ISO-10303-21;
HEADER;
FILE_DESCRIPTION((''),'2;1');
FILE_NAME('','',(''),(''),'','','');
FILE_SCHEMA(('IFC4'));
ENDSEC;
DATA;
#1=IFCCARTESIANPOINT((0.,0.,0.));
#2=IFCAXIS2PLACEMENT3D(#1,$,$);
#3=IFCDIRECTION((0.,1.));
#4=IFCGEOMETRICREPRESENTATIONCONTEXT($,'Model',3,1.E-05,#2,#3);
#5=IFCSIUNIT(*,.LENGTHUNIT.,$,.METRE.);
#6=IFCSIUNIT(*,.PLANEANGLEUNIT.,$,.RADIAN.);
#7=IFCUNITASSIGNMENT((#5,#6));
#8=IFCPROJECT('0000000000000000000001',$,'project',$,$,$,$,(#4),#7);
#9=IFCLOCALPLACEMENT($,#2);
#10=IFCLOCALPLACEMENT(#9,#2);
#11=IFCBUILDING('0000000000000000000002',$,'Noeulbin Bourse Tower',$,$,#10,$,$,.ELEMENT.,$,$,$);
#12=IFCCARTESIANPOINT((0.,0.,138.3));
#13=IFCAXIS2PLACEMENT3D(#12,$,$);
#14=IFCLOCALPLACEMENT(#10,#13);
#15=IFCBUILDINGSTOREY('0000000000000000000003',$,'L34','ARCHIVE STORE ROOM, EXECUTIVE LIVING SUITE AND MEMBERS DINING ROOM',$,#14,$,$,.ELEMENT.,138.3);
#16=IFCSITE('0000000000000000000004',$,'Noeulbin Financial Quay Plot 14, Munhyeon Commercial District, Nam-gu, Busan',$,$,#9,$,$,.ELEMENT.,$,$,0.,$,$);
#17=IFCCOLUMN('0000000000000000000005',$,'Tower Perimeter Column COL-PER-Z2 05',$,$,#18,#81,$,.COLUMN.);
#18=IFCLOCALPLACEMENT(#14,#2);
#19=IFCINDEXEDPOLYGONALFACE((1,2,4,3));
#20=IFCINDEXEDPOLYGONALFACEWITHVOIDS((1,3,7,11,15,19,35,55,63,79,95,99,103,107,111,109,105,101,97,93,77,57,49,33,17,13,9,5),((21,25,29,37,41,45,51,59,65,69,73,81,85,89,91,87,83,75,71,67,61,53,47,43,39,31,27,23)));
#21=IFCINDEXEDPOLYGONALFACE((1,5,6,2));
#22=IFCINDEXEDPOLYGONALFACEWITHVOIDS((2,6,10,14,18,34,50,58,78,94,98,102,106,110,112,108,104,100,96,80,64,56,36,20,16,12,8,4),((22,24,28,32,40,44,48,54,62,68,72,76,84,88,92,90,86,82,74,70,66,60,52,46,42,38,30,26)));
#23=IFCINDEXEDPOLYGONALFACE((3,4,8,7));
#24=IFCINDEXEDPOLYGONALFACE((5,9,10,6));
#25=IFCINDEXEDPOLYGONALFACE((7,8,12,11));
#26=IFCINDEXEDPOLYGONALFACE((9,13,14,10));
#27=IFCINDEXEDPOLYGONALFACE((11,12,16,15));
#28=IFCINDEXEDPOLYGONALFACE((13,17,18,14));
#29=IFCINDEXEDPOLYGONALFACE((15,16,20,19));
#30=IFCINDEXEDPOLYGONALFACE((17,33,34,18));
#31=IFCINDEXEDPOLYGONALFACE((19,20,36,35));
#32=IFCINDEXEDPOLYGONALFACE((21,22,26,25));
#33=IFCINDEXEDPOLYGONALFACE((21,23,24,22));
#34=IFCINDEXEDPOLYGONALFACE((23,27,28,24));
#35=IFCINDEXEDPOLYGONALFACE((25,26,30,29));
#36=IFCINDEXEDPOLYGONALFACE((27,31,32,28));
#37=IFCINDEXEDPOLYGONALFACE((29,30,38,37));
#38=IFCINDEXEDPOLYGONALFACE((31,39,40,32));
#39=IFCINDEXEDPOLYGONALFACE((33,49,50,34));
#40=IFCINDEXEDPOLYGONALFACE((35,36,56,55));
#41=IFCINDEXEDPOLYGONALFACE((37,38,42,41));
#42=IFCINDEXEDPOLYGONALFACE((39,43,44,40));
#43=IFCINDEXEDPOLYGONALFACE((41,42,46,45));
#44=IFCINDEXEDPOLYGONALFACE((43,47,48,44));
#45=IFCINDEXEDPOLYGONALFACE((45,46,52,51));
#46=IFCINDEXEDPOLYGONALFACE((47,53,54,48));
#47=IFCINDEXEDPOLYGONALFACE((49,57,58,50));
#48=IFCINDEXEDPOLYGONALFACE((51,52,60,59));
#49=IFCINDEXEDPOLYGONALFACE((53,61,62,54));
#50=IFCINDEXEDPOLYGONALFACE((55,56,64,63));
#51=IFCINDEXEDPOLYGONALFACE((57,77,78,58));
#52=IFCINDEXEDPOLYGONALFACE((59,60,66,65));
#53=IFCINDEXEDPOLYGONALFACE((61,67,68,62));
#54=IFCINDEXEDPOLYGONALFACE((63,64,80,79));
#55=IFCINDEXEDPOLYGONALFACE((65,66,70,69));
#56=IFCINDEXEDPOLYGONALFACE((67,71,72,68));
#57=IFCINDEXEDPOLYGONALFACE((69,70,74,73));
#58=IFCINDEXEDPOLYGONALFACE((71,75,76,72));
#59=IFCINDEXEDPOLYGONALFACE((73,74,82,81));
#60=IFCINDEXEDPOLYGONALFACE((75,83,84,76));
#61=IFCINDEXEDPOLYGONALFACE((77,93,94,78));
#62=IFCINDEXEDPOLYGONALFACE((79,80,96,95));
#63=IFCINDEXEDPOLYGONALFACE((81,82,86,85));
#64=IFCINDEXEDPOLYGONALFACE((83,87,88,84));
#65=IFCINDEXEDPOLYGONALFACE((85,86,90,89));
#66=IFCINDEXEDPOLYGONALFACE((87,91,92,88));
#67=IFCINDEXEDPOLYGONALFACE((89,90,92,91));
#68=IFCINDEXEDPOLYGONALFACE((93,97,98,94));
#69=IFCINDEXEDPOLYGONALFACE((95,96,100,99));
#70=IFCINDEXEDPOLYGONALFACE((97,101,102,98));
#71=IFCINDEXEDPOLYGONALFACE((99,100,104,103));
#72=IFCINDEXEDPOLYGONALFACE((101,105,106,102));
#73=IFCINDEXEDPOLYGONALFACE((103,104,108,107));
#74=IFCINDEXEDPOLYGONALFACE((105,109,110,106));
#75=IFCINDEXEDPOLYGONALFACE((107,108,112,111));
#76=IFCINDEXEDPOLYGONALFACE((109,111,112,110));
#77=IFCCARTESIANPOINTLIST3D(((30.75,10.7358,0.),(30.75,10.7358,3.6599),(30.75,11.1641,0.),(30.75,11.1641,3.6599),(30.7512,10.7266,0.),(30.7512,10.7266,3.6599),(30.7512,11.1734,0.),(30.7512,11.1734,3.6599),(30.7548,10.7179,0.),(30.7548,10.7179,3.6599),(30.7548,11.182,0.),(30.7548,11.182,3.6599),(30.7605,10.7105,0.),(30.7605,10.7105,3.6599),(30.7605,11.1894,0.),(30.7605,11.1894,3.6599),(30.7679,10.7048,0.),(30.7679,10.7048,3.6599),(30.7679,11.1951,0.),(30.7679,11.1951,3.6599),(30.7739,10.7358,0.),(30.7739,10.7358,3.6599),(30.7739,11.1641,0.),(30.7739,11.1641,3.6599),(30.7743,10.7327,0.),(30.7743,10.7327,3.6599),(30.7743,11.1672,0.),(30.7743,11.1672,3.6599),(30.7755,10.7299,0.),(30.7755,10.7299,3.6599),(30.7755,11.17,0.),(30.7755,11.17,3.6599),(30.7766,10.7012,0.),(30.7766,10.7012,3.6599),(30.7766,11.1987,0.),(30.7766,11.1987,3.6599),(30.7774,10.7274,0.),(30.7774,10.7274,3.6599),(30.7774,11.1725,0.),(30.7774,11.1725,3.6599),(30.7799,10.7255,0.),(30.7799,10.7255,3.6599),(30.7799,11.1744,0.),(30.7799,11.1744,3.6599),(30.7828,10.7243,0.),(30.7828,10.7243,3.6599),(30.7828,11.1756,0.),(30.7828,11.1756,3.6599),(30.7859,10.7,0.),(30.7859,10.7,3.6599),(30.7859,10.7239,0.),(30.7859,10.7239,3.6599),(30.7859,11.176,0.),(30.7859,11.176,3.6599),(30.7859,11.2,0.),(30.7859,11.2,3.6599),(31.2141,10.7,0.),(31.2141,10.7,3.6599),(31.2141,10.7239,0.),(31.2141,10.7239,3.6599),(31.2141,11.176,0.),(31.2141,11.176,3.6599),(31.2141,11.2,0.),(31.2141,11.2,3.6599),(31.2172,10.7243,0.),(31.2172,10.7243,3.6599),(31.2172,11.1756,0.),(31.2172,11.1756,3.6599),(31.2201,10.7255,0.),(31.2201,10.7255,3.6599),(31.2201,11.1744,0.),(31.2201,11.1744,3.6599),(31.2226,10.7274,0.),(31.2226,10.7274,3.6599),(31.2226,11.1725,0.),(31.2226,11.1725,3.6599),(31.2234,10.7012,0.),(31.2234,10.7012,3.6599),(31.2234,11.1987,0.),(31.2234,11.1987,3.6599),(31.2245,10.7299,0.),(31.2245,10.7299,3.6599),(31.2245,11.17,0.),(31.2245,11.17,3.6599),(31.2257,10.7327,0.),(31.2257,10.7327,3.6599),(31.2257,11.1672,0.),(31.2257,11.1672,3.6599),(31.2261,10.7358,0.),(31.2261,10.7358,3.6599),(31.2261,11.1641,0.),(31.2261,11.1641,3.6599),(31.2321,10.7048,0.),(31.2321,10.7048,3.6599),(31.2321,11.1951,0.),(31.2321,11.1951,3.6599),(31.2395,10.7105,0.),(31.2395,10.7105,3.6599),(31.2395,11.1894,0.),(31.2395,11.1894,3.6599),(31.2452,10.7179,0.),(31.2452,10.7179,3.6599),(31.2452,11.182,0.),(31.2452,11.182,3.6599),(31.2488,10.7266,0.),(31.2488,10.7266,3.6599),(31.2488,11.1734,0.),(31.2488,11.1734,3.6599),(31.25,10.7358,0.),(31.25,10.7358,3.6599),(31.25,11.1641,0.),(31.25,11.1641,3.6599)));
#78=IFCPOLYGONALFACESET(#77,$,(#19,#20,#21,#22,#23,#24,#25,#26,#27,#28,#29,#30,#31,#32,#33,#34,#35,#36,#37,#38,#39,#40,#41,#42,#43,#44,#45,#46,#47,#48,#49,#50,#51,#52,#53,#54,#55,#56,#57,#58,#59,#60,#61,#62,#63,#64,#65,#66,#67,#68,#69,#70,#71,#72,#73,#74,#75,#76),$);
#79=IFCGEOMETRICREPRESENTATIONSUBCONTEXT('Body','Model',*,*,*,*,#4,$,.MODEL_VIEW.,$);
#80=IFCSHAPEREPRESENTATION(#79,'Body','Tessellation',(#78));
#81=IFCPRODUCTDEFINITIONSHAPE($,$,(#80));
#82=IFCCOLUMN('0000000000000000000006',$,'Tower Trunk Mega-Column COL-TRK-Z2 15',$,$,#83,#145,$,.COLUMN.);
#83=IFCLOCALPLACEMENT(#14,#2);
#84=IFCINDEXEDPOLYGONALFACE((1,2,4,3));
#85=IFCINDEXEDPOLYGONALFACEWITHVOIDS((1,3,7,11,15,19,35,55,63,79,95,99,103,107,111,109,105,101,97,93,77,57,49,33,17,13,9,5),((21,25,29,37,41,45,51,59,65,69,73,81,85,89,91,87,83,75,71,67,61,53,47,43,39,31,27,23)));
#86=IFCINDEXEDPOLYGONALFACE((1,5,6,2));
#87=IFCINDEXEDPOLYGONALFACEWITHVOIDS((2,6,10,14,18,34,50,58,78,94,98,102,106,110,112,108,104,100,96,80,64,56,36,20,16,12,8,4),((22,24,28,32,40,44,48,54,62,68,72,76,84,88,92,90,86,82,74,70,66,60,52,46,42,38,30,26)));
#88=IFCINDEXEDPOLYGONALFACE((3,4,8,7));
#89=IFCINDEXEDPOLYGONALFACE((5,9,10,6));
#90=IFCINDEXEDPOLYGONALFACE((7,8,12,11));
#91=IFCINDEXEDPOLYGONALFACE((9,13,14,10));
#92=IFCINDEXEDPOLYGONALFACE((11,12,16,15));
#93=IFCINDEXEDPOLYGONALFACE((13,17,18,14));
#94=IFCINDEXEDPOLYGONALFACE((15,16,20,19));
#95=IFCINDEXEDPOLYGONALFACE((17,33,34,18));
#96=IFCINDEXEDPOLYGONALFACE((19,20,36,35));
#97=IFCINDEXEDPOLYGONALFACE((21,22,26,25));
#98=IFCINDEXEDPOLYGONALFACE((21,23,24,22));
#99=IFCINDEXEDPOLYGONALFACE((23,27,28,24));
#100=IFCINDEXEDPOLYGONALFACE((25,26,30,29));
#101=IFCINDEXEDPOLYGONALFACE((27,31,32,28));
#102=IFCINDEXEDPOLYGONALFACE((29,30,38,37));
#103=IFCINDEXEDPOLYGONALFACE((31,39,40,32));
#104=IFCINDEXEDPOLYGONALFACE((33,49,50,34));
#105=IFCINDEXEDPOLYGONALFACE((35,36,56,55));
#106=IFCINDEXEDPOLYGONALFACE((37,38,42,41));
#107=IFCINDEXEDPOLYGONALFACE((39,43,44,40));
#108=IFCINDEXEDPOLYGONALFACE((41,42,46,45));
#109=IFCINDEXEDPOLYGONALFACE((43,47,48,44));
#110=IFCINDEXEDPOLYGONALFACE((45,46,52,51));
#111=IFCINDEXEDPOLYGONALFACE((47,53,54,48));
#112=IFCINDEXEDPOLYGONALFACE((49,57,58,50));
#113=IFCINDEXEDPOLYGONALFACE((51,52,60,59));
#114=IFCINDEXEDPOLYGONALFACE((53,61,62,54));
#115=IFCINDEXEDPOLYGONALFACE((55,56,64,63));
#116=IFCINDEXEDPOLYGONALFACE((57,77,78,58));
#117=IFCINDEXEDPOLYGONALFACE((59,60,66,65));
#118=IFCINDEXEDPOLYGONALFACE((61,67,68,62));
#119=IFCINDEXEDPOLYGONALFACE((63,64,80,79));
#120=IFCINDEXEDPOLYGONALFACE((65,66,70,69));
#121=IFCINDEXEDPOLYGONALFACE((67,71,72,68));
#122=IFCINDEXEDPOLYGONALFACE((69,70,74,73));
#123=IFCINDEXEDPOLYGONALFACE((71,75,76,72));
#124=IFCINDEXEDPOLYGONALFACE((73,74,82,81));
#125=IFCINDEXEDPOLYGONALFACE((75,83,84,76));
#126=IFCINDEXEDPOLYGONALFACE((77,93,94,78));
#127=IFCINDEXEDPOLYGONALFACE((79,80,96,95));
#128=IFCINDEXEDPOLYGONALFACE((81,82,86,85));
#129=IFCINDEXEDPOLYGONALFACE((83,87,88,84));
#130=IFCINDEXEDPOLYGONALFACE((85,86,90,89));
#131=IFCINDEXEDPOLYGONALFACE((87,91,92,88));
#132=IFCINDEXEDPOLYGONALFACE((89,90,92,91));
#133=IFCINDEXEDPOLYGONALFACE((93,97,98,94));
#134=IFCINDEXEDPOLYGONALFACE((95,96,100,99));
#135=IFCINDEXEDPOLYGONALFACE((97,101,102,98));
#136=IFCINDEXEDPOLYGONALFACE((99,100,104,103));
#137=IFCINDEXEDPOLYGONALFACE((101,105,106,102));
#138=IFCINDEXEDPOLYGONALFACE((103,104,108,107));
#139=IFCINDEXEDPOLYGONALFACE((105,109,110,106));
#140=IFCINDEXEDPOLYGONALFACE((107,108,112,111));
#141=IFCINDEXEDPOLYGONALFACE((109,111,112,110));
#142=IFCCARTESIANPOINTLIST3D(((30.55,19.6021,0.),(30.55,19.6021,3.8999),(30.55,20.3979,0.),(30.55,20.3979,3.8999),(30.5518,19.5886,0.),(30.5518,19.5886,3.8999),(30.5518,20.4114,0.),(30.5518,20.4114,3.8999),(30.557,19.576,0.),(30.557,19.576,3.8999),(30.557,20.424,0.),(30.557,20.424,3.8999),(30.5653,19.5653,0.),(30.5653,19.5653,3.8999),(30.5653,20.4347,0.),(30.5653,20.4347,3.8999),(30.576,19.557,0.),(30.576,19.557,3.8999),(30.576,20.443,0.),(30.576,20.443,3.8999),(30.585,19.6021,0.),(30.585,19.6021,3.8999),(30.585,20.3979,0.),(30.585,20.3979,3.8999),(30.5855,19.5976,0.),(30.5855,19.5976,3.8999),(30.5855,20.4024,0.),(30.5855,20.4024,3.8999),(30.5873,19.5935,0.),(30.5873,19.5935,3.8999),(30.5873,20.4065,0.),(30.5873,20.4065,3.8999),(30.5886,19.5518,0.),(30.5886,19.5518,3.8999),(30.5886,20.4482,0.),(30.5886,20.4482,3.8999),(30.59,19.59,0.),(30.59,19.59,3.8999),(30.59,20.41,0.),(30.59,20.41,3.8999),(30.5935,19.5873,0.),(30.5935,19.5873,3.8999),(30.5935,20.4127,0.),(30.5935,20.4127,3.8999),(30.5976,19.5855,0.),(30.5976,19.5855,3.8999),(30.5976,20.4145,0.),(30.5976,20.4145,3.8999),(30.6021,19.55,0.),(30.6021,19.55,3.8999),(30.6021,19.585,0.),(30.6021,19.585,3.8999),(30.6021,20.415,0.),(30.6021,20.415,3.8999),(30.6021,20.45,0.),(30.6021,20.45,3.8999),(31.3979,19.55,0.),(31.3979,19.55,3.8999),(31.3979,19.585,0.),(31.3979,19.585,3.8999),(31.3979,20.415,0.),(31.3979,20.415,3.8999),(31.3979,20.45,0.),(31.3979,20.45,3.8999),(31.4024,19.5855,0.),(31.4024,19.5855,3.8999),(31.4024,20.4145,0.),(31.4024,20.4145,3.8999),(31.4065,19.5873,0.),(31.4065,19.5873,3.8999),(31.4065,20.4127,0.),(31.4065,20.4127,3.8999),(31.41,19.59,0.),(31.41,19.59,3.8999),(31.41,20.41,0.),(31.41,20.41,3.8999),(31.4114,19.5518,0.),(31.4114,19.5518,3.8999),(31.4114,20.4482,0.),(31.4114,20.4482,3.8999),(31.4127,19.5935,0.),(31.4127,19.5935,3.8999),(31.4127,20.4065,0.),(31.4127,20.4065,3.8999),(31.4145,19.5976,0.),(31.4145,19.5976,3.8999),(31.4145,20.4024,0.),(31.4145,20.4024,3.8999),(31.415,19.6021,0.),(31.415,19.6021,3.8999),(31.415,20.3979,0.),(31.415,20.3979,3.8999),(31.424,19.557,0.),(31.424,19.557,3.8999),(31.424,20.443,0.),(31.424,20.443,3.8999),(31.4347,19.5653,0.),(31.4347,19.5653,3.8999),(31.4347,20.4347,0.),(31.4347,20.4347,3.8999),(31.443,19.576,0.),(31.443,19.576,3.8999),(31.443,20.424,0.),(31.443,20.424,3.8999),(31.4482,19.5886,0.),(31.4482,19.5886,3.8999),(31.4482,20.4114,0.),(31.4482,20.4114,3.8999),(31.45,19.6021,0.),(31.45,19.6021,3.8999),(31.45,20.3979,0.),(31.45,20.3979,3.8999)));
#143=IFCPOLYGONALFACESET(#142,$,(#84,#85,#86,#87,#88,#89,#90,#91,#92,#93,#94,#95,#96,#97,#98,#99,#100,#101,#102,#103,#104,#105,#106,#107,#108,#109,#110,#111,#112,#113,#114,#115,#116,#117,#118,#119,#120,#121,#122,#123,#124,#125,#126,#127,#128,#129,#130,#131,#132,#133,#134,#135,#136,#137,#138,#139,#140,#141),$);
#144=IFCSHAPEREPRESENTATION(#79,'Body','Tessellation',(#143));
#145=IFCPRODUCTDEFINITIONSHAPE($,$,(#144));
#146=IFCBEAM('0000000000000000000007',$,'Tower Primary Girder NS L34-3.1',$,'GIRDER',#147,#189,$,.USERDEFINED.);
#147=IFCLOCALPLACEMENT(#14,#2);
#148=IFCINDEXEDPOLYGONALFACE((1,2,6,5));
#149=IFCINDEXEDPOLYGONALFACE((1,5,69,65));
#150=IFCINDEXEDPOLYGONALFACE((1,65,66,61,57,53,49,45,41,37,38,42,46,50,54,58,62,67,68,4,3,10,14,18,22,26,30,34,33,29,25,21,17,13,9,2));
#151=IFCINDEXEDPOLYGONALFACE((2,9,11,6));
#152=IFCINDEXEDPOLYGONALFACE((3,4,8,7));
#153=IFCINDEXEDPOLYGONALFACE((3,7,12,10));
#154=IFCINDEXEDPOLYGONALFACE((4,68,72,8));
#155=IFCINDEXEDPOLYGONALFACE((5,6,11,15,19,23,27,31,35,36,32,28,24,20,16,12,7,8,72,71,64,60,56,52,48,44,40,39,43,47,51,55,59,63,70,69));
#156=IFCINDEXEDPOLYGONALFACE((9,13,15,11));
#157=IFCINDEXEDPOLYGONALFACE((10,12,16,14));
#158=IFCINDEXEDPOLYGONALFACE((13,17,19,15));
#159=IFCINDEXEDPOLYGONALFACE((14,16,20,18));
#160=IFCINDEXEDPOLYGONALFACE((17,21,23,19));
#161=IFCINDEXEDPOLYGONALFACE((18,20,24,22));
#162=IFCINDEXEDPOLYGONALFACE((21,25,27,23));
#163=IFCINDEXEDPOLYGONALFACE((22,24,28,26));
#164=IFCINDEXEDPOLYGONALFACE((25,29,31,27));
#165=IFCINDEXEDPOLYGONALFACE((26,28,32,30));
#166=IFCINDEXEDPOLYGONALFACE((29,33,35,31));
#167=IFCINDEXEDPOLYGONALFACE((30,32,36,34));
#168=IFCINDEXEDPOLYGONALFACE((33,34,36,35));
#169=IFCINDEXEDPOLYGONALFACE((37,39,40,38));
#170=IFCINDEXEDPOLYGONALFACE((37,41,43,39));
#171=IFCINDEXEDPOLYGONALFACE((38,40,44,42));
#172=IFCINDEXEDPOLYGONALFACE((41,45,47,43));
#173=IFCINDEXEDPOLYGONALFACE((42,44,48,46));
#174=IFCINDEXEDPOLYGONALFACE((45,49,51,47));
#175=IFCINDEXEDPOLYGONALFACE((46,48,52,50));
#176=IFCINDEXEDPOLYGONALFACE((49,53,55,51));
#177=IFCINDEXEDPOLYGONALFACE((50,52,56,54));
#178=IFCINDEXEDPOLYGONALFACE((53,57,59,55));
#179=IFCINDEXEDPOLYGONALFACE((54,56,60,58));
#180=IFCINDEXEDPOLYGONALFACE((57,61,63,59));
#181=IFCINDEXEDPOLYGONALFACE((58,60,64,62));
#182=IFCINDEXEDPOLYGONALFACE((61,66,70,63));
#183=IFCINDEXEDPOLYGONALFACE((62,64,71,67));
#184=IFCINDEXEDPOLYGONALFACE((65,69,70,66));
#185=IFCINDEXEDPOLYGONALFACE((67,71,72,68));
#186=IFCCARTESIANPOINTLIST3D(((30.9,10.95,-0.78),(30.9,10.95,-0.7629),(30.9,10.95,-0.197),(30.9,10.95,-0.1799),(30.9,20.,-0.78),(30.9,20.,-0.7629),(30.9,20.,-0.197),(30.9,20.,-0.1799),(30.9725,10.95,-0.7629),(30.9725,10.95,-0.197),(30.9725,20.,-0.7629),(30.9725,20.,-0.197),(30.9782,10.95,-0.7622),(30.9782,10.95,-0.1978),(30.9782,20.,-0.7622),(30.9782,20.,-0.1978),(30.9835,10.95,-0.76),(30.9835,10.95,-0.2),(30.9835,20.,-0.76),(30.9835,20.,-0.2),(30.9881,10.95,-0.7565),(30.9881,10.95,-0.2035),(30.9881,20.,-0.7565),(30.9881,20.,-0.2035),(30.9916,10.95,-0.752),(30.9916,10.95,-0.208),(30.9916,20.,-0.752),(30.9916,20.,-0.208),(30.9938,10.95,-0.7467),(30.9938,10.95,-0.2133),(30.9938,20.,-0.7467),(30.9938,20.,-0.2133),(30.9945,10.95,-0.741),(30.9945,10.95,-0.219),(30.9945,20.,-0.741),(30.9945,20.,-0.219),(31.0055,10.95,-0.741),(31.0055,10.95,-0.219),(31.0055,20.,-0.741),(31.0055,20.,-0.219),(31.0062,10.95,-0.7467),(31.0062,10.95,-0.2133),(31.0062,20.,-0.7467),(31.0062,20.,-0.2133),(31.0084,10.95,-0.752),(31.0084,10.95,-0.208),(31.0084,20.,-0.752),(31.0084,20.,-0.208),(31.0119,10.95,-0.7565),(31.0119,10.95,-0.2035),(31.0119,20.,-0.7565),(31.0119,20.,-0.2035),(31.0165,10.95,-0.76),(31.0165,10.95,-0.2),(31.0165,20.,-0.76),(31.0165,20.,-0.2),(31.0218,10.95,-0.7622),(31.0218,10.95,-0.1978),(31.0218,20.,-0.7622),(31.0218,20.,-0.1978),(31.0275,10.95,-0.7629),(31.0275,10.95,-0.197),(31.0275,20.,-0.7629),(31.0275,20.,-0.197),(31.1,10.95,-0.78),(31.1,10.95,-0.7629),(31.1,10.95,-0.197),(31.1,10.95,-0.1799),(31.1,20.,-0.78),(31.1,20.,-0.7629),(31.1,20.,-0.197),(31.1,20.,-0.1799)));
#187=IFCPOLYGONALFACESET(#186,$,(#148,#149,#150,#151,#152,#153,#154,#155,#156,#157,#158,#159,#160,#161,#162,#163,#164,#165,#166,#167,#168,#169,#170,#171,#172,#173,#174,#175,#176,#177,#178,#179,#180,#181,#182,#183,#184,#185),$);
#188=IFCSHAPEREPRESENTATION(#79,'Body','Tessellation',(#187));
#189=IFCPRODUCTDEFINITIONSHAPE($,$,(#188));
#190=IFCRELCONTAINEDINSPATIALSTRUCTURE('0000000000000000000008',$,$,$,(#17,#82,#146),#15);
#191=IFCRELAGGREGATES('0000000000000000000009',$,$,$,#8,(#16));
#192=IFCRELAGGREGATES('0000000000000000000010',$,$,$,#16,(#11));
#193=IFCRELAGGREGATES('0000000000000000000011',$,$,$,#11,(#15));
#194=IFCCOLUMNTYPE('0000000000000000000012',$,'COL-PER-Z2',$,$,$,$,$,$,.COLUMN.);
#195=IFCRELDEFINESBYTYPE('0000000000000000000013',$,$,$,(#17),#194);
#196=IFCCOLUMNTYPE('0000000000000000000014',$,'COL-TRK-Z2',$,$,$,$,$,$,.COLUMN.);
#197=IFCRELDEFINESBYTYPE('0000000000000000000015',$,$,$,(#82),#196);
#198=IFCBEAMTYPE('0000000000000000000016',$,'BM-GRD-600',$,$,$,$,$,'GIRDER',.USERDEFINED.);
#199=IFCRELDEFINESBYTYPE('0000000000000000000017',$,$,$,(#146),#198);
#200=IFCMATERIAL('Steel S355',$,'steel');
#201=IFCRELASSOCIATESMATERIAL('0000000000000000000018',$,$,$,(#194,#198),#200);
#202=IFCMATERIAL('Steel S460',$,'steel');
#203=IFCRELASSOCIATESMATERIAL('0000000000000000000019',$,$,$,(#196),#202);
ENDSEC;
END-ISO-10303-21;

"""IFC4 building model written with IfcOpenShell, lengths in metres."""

from ifc_helpers import new_model, si_unit, direction, frame, origin, origin_2d, place, context, subcontext, project, spatial, hollow_rectangle, i_section, extrude, material, material_profile, profile_set, type_object, element, save


model = new_model("IFC4")

# Units and contexts
model_context = context("Model", 3, precision=1e-05, world=origin(), true_north=direction((0.0, 1.0)))
body_context = subcontext(model_context, "Body", "Model", "MODEL_VIEW")
ifc_project = project(units=[si_unit("LENGTHUNIT", "METRE"), si_unit("PLANEANGLEUNIT", "RADIAN")], contexts=[model_context])

# Site, building, storey
site_placement = place(None, origin())
site = spatial("IfcSite", under=ifc_project, at=site_placement, Name="Noeulbin Financial Quay Plot 14, Munhyeon Commercial District, Nam-gu, Busan", CompositionType="ELEMENT", RefElevation=0.0)
building_placement = place(site_placement, origin())
building = spatial("IfcBuilding", under=site, at=building_placement, Name="Noeulbin Bourse Tower", CompositionType="ELEMENT")
storey_placement = place(building_placement, frame((0.0, 0.0, 138.3)))
storey = spatial("IfcBuildingStorey", under=building, at=storey_placement, Name="L34", Description="ARCHIVE STORE ROOM, EXECUTIVE LIVING SUITE AND MEMBERS DINING ROOM", CompositionType="ELEMENT", Elevation=138.3)

# Columns
ifc_material_1 = material(Name="Steel S355", Category="steel")
ifc_material_profile_1 = material_profile(ifc_material_1, hollow_rectangle(XDim=0.5, YDim=0.5, WallThickness=0.0239, InnerFilletRadius=0.012, OuterFilletRadius=0.0359, at=origin_2d()), Name="BOX-500x500x24", Category="LoadBearing")
ifc_profile_set_1 = profile_set([ifc_material_profile_1], Name="Steel S355")
column_type_1 = type_object("IfcColumnType", Name="COL-PER-Z2", PredefinedType="COLUMN", material=ifc_profile_set_1)
column_1_placement = place(storey_placement, frame((31.0, 10.95, 0.0), z_axis=(0.0, 0.0, 1.0), x_axis=(1.0, 0.0, 0.0)))
element("IfcColumn", 1, at=column_1_placement, inside=storey, type_object=column_type_1, Name="Tower Perimeter Column COL-PER-Z2 05", PredefinedType="COLUMN", context=body_context, shape_type="SweptSolid", body=[
    extrude(hollow_rectangle(XDim=0.5, YDim=0.5, WallThickness=0.0239, InnerFilletRadius=0.012, OuterFilletRadius=0.0359, at=origin_2d()), origin(), (0.0, 0.0, 1.0), 3.6599),
])
ifc_material_2 = material(Name="Steel S460", Category="steel")
ifc_material_profile_2 = material_profile(ifc_material_2, hollow_rectangle(XDim=0.8999, YDim=0.8999, WallThickness=0.0349, InnerFilletRadius=0.0171, OuterFilletRadius=0.052, at=origin_2d()), Name="BOX-900x900x35", Category="LoadBearing")
ifc_profile_set_2 = profile_set([ifc_material_profile_2], Name="Steel S460")
column_type_2 = type_object("IfcColumnType", Name="COL-TRK-Z2", PredefinedType="COLUMN", material=ifc_profile_set_2)
column_2_placement = place(storey_placement, frame((31.0, 20.0, 0.0), z_axis=(0.0, 0.0, 1.0), x_axis=(1.0, 0.0, 0.0)))
element("IfcColumn", 2, at=column_2_placement, inside=storey, type_object=column_type_2, Name="Tower Trunk Mega-Column COL-TRK-Z2 15", PredefinedType="COLUMN", context=body_context, shape_type="SweptSolid", body=[
    extrude(hollow_rectangle(XDim=0.8999, YDim=0.8999, WallThickness=0.0349, InnerFilletRadius=0.0171, OuterFilletRadius=0.052, at=origin_2d()), origin(), (0.0, 0.0, 1.0), 3.8999),
])

# Beam
ifc_material_profile_3 = material_profile(ifc_material_1, i_section(OverallWidth=0.2, OverallDepth=0.6001, WebThickness=0.011, FlangeThickness=0.0171, FilletRadius=0.022, at=origin_2d()), Name="H-600x200x11x17", Category="LoadBearing")
ifc_profile_set_3 = profile_set([ifc_material_profile_3], Name="Steel S355")
beam_type_1 = type_object("IfcBeamType", Name="BM-GRD-600", ElementType="GIRDER", PredefinedType="USERDEFINED", material=ifc_profile_set_3)
beam_1_placement = place(storey_placement, frame((31.0, 10.95, -0.48), z_axis=(0.0, 1.0, 0.0), x_axis=(-1.0, 0.0, 0.0)))
element("IfcBeam", 3, at=beam_1_placement, inside=storey, type_object=beam_type_1, Name="Tower Primary Girder NS L34-3.1", ObjectType="GIRDER", PredefinedType="USERDEFINED", context=body_context, shape_type="SweptSolid", body=[
    extrude(i_section(OverallWidth=0.2, OverallDepth=0.6001, WebThickness=0.011, FlangeThickness=0.0171, FilletRadius=0.022, at=origin_2d()), origin(), (0.0, 0.0, 1.0), 9.05),
])

save(model, "model.ifc")
